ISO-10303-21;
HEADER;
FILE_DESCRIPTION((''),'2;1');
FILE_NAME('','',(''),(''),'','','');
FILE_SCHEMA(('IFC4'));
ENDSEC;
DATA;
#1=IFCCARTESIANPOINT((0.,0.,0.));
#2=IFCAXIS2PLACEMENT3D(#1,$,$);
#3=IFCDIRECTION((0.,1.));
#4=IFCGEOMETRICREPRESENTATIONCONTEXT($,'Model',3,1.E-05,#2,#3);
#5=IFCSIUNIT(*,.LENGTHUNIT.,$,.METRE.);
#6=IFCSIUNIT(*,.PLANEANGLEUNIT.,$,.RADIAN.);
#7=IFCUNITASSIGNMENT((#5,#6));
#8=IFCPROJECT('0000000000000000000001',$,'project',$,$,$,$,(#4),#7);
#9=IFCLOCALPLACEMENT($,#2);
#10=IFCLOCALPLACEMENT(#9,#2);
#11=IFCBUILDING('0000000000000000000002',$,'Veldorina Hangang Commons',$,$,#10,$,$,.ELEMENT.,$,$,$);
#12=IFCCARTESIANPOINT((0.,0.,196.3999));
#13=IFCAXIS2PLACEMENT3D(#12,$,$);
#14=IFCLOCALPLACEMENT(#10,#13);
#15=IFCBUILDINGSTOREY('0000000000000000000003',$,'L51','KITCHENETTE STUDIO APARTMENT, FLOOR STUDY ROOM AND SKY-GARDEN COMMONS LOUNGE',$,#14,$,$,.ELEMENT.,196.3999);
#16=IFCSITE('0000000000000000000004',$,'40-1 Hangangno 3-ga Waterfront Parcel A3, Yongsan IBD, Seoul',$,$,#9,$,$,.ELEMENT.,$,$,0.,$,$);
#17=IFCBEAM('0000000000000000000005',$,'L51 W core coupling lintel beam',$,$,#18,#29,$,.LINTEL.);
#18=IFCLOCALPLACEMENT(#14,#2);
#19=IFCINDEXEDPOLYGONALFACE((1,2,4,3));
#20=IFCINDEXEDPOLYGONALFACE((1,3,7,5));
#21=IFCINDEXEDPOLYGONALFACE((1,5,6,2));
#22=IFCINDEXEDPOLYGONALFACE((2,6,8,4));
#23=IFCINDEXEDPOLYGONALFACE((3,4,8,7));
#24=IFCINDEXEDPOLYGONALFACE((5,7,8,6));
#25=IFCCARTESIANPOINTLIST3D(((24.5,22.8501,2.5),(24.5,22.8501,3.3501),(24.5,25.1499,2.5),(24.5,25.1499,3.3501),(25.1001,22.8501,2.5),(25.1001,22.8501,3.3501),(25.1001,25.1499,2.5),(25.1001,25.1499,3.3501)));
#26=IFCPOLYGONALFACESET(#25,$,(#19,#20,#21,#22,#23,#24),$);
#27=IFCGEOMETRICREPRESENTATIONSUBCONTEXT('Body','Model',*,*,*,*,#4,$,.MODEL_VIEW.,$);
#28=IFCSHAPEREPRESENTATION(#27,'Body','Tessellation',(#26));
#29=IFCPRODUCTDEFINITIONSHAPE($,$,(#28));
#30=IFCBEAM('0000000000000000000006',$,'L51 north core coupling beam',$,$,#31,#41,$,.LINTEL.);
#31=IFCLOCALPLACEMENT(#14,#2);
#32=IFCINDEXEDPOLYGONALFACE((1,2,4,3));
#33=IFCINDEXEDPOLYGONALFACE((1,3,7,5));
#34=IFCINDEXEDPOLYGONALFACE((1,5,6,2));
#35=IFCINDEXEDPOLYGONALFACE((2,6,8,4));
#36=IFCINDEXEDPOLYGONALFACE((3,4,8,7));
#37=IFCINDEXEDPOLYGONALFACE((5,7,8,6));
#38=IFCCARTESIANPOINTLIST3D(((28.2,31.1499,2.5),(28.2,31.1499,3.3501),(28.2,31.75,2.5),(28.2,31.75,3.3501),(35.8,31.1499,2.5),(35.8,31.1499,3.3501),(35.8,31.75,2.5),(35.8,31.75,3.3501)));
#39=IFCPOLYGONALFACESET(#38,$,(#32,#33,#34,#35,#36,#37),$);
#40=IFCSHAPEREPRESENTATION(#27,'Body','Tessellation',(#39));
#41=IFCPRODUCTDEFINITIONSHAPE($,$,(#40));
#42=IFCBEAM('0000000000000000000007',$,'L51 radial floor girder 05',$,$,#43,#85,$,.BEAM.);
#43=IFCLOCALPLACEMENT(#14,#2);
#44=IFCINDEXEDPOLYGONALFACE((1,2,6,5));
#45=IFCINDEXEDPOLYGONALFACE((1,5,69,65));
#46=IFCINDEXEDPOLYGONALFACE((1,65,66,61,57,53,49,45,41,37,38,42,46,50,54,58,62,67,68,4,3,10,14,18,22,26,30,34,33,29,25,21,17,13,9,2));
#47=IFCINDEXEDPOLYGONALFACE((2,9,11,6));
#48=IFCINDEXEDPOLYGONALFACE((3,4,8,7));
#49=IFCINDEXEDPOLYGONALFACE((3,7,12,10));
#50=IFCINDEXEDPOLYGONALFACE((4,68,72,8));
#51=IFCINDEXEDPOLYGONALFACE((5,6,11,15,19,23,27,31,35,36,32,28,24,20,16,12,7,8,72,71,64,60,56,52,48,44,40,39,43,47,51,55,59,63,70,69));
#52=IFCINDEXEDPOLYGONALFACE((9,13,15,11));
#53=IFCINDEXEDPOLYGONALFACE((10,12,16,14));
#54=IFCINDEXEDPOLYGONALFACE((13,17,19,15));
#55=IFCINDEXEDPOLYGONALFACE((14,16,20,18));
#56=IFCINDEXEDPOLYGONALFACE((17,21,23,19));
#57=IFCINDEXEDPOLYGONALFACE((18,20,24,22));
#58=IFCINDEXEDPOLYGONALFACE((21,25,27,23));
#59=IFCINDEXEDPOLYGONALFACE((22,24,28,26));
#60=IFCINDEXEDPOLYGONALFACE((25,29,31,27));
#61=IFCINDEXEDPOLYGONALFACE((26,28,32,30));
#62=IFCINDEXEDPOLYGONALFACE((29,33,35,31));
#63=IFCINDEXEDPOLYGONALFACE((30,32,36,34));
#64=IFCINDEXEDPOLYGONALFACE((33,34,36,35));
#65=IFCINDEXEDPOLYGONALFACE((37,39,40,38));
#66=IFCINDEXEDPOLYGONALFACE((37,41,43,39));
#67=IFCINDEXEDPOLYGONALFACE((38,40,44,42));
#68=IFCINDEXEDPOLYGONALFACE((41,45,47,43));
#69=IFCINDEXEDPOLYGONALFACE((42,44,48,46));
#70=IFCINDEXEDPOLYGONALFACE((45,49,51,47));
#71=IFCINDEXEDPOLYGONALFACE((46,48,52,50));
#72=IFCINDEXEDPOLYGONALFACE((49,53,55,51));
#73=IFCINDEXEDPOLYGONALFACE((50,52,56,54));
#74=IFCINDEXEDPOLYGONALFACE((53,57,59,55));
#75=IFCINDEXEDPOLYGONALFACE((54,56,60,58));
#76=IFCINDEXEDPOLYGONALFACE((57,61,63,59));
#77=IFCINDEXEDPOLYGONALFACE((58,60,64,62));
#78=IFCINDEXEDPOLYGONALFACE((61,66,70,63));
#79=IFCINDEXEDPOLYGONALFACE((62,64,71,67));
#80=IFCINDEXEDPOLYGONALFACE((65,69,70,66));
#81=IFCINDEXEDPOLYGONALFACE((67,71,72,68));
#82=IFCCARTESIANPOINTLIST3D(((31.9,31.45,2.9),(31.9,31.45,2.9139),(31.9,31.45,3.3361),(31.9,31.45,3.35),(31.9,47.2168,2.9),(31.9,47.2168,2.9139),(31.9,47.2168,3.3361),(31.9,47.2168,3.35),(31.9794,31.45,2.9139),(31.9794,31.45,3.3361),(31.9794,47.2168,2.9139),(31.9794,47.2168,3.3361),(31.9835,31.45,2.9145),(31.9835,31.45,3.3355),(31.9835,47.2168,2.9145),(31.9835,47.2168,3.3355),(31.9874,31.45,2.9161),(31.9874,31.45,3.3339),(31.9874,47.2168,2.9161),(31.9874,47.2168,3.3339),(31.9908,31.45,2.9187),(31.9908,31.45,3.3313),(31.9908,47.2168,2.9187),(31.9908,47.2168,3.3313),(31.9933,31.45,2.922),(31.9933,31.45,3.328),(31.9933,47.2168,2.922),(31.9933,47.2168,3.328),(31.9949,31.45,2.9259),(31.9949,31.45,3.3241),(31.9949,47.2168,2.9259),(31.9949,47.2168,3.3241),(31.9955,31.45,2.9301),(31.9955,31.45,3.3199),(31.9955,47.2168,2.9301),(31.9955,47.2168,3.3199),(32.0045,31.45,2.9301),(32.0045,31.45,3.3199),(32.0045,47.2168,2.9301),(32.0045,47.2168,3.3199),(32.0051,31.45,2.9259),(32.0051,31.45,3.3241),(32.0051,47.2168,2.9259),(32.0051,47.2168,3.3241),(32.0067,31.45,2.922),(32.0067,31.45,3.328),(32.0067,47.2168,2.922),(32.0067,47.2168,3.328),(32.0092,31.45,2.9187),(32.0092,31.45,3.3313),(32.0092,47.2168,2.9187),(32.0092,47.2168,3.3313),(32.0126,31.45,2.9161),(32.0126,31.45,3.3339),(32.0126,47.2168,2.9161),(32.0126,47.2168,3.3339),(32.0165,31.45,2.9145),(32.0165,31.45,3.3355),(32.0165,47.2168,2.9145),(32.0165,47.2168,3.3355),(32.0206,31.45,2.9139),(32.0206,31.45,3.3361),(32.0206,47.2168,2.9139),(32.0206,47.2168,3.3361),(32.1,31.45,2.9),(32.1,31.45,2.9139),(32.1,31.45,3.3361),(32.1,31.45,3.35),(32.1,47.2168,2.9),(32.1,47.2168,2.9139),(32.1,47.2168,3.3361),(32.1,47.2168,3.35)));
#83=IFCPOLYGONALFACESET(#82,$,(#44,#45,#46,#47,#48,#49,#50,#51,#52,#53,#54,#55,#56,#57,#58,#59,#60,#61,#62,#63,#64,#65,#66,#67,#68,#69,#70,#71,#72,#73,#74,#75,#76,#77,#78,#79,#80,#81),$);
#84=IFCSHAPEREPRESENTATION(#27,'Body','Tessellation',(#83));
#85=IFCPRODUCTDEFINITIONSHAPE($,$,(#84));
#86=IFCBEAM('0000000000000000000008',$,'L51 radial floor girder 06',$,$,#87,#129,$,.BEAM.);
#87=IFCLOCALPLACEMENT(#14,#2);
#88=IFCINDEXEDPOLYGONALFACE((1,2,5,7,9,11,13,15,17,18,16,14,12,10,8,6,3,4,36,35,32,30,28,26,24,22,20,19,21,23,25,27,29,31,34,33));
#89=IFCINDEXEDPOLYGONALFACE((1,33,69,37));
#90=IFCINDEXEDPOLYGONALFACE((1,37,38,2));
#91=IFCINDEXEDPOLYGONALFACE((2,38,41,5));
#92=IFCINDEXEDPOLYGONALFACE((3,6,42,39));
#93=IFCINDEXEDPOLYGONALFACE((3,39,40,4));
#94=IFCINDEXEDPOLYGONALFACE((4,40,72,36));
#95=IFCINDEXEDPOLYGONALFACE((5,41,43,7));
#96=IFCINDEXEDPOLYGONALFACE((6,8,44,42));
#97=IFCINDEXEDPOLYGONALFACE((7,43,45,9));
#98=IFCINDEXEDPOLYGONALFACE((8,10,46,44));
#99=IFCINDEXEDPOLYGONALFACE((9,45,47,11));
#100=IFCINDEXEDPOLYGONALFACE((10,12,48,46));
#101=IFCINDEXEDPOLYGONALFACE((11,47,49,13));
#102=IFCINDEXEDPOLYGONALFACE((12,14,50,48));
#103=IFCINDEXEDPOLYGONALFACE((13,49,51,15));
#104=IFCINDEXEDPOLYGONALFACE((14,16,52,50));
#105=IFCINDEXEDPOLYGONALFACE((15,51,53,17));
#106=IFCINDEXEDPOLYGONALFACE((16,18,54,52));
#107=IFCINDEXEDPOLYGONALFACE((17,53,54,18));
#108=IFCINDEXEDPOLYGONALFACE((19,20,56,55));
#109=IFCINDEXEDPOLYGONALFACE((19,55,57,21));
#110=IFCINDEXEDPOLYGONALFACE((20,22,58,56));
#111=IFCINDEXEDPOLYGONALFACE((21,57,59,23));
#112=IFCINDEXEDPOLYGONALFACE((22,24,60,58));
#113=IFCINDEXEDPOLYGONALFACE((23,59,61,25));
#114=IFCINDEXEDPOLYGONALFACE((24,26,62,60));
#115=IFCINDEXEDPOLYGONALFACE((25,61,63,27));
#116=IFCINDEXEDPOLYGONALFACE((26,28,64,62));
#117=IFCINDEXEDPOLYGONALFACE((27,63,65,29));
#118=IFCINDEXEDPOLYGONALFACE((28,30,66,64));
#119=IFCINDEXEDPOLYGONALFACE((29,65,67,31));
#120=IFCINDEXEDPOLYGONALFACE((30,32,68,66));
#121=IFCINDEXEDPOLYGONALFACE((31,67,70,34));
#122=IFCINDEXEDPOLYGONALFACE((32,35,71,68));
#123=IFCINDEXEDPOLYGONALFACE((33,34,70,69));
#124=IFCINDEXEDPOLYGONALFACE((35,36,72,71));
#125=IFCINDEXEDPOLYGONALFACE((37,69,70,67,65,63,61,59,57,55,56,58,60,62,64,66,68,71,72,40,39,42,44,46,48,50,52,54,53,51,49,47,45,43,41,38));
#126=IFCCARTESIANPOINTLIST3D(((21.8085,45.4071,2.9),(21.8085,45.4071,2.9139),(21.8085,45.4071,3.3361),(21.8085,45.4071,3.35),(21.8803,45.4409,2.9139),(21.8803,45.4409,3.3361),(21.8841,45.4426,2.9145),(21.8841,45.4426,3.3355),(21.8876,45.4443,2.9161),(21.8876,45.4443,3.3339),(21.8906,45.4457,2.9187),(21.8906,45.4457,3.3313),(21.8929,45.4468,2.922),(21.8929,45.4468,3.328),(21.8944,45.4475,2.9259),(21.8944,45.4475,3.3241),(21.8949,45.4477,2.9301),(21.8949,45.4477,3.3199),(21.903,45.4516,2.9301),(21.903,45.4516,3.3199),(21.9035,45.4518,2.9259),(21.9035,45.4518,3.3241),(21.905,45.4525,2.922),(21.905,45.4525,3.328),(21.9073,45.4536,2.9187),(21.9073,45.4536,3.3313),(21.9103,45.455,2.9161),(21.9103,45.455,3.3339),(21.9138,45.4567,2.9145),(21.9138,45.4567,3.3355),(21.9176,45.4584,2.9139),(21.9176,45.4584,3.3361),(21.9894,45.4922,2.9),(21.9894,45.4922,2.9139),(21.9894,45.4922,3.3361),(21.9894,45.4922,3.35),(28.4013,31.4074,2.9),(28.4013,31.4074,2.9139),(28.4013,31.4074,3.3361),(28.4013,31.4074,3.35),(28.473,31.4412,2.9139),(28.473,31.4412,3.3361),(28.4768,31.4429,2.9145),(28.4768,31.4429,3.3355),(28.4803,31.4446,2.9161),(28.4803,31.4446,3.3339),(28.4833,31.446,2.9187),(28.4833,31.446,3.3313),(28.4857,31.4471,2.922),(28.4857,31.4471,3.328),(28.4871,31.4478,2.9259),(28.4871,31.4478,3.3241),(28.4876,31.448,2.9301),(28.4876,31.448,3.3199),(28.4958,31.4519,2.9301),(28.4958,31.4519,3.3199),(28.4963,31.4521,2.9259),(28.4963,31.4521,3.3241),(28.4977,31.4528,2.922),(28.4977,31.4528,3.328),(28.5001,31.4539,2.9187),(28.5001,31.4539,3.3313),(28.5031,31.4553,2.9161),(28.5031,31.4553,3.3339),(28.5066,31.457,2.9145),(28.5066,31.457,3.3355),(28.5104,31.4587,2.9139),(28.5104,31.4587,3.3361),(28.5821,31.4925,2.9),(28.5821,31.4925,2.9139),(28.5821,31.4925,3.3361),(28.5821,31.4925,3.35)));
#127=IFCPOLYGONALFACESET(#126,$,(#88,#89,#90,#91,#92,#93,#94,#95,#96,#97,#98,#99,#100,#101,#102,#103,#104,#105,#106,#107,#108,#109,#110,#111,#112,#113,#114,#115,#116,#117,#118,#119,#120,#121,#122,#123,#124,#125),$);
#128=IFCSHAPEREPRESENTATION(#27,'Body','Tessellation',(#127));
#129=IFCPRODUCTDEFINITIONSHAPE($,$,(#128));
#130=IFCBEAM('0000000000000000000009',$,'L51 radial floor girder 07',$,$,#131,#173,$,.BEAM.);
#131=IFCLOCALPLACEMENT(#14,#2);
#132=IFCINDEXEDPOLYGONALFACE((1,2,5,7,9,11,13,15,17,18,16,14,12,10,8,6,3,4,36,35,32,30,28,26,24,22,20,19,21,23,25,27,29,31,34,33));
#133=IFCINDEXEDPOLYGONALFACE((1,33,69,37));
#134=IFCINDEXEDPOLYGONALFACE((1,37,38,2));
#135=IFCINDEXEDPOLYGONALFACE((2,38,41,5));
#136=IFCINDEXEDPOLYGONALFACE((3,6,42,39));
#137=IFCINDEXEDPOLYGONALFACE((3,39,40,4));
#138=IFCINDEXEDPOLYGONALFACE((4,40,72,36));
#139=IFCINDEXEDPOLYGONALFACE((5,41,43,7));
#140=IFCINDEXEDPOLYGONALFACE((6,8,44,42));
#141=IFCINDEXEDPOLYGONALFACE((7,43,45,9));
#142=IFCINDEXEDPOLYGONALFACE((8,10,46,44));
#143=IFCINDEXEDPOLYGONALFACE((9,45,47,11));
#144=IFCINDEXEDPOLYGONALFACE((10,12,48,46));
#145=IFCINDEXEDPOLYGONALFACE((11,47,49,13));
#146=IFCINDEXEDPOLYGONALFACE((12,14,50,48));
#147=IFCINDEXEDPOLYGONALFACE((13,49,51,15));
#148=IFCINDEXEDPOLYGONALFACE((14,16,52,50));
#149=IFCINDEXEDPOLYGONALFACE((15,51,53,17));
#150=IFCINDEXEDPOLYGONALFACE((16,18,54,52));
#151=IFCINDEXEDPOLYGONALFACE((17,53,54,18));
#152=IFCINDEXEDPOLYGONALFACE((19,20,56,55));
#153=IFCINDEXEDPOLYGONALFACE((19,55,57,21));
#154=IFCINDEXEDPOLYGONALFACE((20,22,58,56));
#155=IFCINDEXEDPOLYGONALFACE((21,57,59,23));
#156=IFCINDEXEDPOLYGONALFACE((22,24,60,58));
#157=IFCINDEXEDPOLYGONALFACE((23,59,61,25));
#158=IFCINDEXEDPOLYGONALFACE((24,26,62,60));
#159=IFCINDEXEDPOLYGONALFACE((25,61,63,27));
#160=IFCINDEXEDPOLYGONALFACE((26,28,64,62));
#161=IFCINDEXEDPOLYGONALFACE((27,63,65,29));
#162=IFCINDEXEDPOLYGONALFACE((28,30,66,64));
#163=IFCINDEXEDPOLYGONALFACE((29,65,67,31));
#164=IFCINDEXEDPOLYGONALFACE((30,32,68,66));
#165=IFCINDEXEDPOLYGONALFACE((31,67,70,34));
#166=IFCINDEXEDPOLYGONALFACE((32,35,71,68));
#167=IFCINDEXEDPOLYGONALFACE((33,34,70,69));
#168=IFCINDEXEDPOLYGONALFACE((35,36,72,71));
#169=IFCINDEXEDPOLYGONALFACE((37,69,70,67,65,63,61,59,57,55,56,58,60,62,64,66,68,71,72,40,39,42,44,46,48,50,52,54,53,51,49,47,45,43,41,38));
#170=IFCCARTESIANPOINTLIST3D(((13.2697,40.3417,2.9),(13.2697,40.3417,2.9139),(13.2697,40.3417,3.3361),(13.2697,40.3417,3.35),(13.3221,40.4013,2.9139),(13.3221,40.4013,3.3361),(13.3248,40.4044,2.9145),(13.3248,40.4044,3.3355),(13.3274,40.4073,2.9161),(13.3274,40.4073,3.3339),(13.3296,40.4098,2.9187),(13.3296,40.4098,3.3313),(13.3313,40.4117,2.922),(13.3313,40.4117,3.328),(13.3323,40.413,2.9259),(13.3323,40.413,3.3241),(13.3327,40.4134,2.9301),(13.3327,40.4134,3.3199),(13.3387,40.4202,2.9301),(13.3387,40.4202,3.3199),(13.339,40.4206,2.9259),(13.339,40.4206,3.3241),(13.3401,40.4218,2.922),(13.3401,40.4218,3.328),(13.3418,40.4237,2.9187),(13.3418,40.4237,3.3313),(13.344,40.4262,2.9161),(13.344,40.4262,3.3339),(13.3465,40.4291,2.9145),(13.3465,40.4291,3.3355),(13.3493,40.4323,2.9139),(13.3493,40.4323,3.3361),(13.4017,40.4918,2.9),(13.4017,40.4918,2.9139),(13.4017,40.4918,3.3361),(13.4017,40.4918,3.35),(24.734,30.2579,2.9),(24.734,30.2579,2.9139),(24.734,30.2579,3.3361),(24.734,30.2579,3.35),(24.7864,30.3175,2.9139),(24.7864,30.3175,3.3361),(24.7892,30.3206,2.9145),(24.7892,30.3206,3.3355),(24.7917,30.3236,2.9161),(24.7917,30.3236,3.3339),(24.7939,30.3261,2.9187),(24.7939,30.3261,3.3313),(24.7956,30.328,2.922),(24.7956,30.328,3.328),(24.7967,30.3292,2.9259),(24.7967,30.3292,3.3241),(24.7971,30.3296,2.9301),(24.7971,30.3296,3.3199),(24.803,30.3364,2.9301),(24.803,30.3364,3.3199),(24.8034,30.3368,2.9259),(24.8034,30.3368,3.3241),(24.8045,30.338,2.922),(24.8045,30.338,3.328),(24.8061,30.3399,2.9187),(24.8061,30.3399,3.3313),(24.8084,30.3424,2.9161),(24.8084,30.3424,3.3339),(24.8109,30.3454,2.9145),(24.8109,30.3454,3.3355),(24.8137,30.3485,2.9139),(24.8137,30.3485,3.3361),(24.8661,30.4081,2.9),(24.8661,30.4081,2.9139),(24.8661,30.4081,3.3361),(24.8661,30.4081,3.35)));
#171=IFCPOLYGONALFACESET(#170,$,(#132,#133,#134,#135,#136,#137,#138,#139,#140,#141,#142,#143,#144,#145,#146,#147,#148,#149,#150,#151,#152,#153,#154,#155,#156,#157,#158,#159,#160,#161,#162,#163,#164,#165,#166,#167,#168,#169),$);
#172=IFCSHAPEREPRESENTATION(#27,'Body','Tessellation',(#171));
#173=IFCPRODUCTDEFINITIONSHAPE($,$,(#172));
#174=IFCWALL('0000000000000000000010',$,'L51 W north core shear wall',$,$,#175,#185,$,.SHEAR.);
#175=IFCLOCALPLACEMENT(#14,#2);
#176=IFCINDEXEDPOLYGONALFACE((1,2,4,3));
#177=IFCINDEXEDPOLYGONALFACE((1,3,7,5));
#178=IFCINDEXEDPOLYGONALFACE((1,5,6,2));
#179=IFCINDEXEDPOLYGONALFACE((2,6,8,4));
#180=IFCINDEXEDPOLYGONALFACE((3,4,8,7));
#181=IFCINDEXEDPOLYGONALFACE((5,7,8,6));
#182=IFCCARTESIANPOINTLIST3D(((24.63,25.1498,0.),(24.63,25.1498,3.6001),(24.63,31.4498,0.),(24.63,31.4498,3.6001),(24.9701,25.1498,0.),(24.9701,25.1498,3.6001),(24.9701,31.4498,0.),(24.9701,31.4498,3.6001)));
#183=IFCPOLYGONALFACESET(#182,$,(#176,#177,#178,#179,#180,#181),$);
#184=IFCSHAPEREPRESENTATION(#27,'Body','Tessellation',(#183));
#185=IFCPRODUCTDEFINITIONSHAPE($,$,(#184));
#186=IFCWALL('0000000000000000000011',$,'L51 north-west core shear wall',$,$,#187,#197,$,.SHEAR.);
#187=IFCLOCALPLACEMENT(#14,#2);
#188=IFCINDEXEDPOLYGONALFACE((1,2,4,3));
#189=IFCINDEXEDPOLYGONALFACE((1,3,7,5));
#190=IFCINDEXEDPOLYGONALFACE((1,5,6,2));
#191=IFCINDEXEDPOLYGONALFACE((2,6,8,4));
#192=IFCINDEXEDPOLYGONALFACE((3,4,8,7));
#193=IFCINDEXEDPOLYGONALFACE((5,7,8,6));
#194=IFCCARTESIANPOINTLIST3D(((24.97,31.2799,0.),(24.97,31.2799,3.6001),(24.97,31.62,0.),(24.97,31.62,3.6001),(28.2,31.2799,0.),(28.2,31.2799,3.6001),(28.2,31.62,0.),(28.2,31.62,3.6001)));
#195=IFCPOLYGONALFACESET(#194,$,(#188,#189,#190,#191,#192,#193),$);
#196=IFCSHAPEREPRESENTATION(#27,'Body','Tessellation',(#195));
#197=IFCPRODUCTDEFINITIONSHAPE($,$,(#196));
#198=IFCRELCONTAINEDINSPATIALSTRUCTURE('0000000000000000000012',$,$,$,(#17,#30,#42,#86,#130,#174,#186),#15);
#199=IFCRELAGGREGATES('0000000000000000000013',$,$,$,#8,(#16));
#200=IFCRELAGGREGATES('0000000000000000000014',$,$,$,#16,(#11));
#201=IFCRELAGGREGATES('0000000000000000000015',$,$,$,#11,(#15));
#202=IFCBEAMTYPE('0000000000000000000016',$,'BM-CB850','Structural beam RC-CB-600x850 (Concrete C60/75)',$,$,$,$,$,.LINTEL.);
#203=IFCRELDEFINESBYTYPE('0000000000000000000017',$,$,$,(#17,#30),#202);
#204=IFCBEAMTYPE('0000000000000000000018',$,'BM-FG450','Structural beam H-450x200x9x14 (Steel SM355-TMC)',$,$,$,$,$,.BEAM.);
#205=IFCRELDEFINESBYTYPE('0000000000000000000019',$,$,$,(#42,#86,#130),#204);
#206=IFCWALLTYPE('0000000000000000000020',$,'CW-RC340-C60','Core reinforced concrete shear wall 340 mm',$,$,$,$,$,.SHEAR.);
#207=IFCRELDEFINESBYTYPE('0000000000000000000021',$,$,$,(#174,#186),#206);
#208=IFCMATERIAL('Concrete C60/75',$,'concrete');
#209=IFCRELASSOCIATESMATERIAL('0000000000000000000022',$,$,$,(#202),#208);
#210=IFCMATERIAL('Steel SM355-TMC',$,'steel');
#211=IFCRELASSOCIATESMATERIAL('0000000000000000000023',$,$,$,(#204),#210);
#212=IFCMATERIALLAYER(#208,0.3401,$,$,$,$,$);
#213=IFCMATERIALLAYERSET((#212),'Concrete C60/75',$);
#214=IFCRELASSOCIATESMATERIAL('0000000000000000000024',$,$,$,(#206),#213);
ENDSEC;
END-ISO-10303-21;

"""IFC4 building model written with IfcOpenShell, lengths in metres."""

from ifc_helpers import new_model, si_unit, direction, frame, frame_2d, origin, origin_2d, place, context, subcontext, project, spatial, rectangle, i_section, extrude, material, layer, layer_set, material_profile, profile_set, type_object, element, save


model = new_model("IFC4")

# Units and contexts
model_context = context("Model", 3, precision=1e-05, world=origin(), true_north=direction((0.0, 1.0)))
body_context = subcontext(model_context, "Body", "Model", "MODEL_VIEW")
ifc_project = project(units=[si_unit("LENGTHUNIT", "METRE"), si_unit("PLANEANGLEUNIT", "RADIAN")], contexts=[model_context])

# Site, building, storey
site_placement = place(None, origin())
site = spatial("IfcSite", under=ifc_project, at=site_placement, Name="40-1 Hangangno 3-ga Waterfront Parcel A3, Yongsan IBD, Seoul", CompositionType="ELEMENT", RefElevation=0.0)
building_placement = place(site_placement, origin())
building = spatial("IfcBuilding", under=site, at=building_placement, Name="Veldorina Hangang Commons", CompositionType="ELEMENT")
storey_placement = place(building_placement, frame((0.0, 0.0, 196.3999)))
storey = spatial("IfcBuildingStorey", under=building, at=storey_placement, Name="L51", Description="KITCHENETTE STUDIO APARTMENT, FLOOR STUDY ROOM AND SKY-GARDEN COMMONS LOUNGE", CompositionType="ELEMENT", Elevation=196.3999)

# Beams
ifc_material_1 = material(Name="Concrete C60/75", Category="concrete")
ifc_material_profile_1 = material_profile(ifc_material_1, rectangle(XDim=0.6001, YDim=0.8501, at=origin_2d()), Name="RC-CB-600x850")
ifc_profile_set_1 = profile_set([ifc_material_profile_1], Name="Concrete C60/75")
beam_type_1 = type_object("IfcBeamType", Name="BM-CB850", Description="Structural beam RC-CB-600x850 (Concrete C60/75)", PredefinedType="LINTEL", material=ifc_profile_set_1)
beam_1_placement = place(storey_placement, frame((24.8, 22.8501, 2.925), z_axis=(0.0, 1.0, 0.0), x_axis=(-1.0, 0.0, 0.0)))
element("IfcBeam", 1, at=beam_1_placement, inside=storey, type_object=beam_type_1, Name="L51 W core coupling lintel beam", PredefinedType="LINTEL", context=body_context, shape_type="SweptSolid", body=[
    extrude(rectangle(XDim=0.6001, YDim=0.8501, at=origin_2d()), origin(), (0.0, 0.0, 1.0), 2.2998),
])
beam_2_placement = place(storey_placement, frame((28.2, 31.45, 2.925), z_axis=(1.0, 0.0, 0.0), x_axis=(0.0, 1.0, 0.0)))
element("IfcBeam", 2, at=beam_2_placement, inside=storey, type_object=beam_type_1, Name="L51 north core coupling beam", PredefinedType="LINTEL", context=body_context, shape_type="SweptSolid", body=[
    extrude(rectangle(XDim=0.6001, YDim=0.8501, at=origin_2d()), origin(), (0.0, 0.0, 1.0), 7.6001),
])
ifc_material_2 = material(Name="Steel SM355-TMC", Category="steel")
ifc_material_profile_2 = material_profile(ifc_material_2, i_section(OverallWidth=0.2, OverallDepth=0.45, WebThickness=0.009, FlangeThickness=0.0139, FilletRadius=0.0161, at=origin_2d()), Name="H-450x200x9x14")
ifc_profile_set_2 = profile_set([ifc_material_profile_2], Name="Steel SM355-TMC")
beam_type_2 = type_object("IfcBeamType", Name="BM-FG450", Description="Structural beam H-450x200x9x14 (Steel SM355-TMC)", PredefinedType="BEAM", material=ifc_profile_set_2)
beam_3_placement = place(storey_placement, frame((32.0, 31.45, 3.125), z_axis=(0.0, 1.0, 0.0), x_axis=(-1.0, 0.0, 0.0)))
element("IfcBeam", 3, at=beam_3_placement, inside=storey, type_object=beam_type_2, Name="L51 radial floor girder 05", PredefinedType="BEAM", context=body_context, shape_type="SweptSolid", body=[
    extrude(i_section(OverallWidth=0.2, OverallDepth=0.45, WebThickness=0.009, FlangeThickness=0.0139, FilletRadius=0.0161, at=origin_2d()), origin(), (0.0, 0.0, 1.0), 15.7668),
])
beam_4_placement = place(storey_placement, frame((28.4917, 31.45, 3.125), z_axis=(-0.426043, 0.904703, 0.0), x_axis=(-0.904703, -0.426043, 0.0)))
element("IfcBeam", 4, at=beam_4_placement, inside=storey, type_object=beam_type_2, Name="L51 radial floor girder 06", PredefinedType="BEAM", context=body_context, shape_type="SweptSolid", body=[
    extrude(i_section(OverallWidth=0.2, OverallDepth=0.45, WebThickness=0.009, FlangeThickness=0.0139, FilletRadius=0.0161, at=origin_2d()), origin(), (0.0, 0.0, 1.0), 15.4744),
])
beam_5_placement = place(storey_placement, frame((24.8, 30.333, 3.125), z_axis=(-0.750872, 0.660447, 0.0), x_axis=(-0.660447, -0.750872, 0.0)))
element("IfcBeam", 5, at=beam_5_placement, inside=storey, type_object=beam_type_2, Name="L51 radial floor girder 07", PredefinedType="BEAM", context=body_context, shape_type="SweptSolid", body=[
    extrude(i_section(OverallWidth=0.2, OverallDepth=0.45, WebThickness=0.009, FlangeThickness=0.0139, FilletRadius=0.0161, at=origin_2d()), origin(), (0.0, 0.0, 1.0), 15.2681),
])

# Walls
ifc_layer_1 = layer(ifc_material_1, 0.3401)
ifc_layer_set_1 = layer_set([ifc_layer_1], Name="Concrete C60/75")
wall_type_1 = type_object("IfcWallType", Name="CW-RC340-C60", Description="Core reinforced concrete shear wall 340 mm", PredefinedType="SHEAR", material=ifc_layer_set_1)
wall_1_placement = place(storey_placement, frame((24.8, 25.1499, 0.0), z_axis=(0.0, 0.0, 1.0), x_axis=(0.0, 1.0, 0.0)))
element("IfcWall", 6, at=wall_1_placement, inside=storey, type_object=wall_type_1, Name="L51 W north core shear wall", PredefinedType="SHEAR", context=body_context, shape_type="SweptSolid", body=[
    extrude(rectangle(XDim=6.3, YDim=0.3401, at=frame_2d((3.1499, 0.0))), origin(), (0.0, 0.0, 1.0), 3.6001),
])
wall_2_placement = place(storey_placement, frame((24.97, 31.45, 0.0), z_axis=(0.0, 0.0, 1.0), x_axis=(1.0, 0.0, 0.0)))
element("IfcWall", 7, at=wall_2_placement, inside=storey, type_object=wall_type_1, Name="L51 north-west core shear wall", PredefinedType="SHEAR", context=body_context, shape_type="SweptSolid", body=[
    extrude(rectangle(XDim=3.23, YDim=0.3401, at=frame_2d((1.615, 0.0))), origin(), (0.0, 0.0, 1.0), 3.6001),
])

save(model, "model.ifc")
